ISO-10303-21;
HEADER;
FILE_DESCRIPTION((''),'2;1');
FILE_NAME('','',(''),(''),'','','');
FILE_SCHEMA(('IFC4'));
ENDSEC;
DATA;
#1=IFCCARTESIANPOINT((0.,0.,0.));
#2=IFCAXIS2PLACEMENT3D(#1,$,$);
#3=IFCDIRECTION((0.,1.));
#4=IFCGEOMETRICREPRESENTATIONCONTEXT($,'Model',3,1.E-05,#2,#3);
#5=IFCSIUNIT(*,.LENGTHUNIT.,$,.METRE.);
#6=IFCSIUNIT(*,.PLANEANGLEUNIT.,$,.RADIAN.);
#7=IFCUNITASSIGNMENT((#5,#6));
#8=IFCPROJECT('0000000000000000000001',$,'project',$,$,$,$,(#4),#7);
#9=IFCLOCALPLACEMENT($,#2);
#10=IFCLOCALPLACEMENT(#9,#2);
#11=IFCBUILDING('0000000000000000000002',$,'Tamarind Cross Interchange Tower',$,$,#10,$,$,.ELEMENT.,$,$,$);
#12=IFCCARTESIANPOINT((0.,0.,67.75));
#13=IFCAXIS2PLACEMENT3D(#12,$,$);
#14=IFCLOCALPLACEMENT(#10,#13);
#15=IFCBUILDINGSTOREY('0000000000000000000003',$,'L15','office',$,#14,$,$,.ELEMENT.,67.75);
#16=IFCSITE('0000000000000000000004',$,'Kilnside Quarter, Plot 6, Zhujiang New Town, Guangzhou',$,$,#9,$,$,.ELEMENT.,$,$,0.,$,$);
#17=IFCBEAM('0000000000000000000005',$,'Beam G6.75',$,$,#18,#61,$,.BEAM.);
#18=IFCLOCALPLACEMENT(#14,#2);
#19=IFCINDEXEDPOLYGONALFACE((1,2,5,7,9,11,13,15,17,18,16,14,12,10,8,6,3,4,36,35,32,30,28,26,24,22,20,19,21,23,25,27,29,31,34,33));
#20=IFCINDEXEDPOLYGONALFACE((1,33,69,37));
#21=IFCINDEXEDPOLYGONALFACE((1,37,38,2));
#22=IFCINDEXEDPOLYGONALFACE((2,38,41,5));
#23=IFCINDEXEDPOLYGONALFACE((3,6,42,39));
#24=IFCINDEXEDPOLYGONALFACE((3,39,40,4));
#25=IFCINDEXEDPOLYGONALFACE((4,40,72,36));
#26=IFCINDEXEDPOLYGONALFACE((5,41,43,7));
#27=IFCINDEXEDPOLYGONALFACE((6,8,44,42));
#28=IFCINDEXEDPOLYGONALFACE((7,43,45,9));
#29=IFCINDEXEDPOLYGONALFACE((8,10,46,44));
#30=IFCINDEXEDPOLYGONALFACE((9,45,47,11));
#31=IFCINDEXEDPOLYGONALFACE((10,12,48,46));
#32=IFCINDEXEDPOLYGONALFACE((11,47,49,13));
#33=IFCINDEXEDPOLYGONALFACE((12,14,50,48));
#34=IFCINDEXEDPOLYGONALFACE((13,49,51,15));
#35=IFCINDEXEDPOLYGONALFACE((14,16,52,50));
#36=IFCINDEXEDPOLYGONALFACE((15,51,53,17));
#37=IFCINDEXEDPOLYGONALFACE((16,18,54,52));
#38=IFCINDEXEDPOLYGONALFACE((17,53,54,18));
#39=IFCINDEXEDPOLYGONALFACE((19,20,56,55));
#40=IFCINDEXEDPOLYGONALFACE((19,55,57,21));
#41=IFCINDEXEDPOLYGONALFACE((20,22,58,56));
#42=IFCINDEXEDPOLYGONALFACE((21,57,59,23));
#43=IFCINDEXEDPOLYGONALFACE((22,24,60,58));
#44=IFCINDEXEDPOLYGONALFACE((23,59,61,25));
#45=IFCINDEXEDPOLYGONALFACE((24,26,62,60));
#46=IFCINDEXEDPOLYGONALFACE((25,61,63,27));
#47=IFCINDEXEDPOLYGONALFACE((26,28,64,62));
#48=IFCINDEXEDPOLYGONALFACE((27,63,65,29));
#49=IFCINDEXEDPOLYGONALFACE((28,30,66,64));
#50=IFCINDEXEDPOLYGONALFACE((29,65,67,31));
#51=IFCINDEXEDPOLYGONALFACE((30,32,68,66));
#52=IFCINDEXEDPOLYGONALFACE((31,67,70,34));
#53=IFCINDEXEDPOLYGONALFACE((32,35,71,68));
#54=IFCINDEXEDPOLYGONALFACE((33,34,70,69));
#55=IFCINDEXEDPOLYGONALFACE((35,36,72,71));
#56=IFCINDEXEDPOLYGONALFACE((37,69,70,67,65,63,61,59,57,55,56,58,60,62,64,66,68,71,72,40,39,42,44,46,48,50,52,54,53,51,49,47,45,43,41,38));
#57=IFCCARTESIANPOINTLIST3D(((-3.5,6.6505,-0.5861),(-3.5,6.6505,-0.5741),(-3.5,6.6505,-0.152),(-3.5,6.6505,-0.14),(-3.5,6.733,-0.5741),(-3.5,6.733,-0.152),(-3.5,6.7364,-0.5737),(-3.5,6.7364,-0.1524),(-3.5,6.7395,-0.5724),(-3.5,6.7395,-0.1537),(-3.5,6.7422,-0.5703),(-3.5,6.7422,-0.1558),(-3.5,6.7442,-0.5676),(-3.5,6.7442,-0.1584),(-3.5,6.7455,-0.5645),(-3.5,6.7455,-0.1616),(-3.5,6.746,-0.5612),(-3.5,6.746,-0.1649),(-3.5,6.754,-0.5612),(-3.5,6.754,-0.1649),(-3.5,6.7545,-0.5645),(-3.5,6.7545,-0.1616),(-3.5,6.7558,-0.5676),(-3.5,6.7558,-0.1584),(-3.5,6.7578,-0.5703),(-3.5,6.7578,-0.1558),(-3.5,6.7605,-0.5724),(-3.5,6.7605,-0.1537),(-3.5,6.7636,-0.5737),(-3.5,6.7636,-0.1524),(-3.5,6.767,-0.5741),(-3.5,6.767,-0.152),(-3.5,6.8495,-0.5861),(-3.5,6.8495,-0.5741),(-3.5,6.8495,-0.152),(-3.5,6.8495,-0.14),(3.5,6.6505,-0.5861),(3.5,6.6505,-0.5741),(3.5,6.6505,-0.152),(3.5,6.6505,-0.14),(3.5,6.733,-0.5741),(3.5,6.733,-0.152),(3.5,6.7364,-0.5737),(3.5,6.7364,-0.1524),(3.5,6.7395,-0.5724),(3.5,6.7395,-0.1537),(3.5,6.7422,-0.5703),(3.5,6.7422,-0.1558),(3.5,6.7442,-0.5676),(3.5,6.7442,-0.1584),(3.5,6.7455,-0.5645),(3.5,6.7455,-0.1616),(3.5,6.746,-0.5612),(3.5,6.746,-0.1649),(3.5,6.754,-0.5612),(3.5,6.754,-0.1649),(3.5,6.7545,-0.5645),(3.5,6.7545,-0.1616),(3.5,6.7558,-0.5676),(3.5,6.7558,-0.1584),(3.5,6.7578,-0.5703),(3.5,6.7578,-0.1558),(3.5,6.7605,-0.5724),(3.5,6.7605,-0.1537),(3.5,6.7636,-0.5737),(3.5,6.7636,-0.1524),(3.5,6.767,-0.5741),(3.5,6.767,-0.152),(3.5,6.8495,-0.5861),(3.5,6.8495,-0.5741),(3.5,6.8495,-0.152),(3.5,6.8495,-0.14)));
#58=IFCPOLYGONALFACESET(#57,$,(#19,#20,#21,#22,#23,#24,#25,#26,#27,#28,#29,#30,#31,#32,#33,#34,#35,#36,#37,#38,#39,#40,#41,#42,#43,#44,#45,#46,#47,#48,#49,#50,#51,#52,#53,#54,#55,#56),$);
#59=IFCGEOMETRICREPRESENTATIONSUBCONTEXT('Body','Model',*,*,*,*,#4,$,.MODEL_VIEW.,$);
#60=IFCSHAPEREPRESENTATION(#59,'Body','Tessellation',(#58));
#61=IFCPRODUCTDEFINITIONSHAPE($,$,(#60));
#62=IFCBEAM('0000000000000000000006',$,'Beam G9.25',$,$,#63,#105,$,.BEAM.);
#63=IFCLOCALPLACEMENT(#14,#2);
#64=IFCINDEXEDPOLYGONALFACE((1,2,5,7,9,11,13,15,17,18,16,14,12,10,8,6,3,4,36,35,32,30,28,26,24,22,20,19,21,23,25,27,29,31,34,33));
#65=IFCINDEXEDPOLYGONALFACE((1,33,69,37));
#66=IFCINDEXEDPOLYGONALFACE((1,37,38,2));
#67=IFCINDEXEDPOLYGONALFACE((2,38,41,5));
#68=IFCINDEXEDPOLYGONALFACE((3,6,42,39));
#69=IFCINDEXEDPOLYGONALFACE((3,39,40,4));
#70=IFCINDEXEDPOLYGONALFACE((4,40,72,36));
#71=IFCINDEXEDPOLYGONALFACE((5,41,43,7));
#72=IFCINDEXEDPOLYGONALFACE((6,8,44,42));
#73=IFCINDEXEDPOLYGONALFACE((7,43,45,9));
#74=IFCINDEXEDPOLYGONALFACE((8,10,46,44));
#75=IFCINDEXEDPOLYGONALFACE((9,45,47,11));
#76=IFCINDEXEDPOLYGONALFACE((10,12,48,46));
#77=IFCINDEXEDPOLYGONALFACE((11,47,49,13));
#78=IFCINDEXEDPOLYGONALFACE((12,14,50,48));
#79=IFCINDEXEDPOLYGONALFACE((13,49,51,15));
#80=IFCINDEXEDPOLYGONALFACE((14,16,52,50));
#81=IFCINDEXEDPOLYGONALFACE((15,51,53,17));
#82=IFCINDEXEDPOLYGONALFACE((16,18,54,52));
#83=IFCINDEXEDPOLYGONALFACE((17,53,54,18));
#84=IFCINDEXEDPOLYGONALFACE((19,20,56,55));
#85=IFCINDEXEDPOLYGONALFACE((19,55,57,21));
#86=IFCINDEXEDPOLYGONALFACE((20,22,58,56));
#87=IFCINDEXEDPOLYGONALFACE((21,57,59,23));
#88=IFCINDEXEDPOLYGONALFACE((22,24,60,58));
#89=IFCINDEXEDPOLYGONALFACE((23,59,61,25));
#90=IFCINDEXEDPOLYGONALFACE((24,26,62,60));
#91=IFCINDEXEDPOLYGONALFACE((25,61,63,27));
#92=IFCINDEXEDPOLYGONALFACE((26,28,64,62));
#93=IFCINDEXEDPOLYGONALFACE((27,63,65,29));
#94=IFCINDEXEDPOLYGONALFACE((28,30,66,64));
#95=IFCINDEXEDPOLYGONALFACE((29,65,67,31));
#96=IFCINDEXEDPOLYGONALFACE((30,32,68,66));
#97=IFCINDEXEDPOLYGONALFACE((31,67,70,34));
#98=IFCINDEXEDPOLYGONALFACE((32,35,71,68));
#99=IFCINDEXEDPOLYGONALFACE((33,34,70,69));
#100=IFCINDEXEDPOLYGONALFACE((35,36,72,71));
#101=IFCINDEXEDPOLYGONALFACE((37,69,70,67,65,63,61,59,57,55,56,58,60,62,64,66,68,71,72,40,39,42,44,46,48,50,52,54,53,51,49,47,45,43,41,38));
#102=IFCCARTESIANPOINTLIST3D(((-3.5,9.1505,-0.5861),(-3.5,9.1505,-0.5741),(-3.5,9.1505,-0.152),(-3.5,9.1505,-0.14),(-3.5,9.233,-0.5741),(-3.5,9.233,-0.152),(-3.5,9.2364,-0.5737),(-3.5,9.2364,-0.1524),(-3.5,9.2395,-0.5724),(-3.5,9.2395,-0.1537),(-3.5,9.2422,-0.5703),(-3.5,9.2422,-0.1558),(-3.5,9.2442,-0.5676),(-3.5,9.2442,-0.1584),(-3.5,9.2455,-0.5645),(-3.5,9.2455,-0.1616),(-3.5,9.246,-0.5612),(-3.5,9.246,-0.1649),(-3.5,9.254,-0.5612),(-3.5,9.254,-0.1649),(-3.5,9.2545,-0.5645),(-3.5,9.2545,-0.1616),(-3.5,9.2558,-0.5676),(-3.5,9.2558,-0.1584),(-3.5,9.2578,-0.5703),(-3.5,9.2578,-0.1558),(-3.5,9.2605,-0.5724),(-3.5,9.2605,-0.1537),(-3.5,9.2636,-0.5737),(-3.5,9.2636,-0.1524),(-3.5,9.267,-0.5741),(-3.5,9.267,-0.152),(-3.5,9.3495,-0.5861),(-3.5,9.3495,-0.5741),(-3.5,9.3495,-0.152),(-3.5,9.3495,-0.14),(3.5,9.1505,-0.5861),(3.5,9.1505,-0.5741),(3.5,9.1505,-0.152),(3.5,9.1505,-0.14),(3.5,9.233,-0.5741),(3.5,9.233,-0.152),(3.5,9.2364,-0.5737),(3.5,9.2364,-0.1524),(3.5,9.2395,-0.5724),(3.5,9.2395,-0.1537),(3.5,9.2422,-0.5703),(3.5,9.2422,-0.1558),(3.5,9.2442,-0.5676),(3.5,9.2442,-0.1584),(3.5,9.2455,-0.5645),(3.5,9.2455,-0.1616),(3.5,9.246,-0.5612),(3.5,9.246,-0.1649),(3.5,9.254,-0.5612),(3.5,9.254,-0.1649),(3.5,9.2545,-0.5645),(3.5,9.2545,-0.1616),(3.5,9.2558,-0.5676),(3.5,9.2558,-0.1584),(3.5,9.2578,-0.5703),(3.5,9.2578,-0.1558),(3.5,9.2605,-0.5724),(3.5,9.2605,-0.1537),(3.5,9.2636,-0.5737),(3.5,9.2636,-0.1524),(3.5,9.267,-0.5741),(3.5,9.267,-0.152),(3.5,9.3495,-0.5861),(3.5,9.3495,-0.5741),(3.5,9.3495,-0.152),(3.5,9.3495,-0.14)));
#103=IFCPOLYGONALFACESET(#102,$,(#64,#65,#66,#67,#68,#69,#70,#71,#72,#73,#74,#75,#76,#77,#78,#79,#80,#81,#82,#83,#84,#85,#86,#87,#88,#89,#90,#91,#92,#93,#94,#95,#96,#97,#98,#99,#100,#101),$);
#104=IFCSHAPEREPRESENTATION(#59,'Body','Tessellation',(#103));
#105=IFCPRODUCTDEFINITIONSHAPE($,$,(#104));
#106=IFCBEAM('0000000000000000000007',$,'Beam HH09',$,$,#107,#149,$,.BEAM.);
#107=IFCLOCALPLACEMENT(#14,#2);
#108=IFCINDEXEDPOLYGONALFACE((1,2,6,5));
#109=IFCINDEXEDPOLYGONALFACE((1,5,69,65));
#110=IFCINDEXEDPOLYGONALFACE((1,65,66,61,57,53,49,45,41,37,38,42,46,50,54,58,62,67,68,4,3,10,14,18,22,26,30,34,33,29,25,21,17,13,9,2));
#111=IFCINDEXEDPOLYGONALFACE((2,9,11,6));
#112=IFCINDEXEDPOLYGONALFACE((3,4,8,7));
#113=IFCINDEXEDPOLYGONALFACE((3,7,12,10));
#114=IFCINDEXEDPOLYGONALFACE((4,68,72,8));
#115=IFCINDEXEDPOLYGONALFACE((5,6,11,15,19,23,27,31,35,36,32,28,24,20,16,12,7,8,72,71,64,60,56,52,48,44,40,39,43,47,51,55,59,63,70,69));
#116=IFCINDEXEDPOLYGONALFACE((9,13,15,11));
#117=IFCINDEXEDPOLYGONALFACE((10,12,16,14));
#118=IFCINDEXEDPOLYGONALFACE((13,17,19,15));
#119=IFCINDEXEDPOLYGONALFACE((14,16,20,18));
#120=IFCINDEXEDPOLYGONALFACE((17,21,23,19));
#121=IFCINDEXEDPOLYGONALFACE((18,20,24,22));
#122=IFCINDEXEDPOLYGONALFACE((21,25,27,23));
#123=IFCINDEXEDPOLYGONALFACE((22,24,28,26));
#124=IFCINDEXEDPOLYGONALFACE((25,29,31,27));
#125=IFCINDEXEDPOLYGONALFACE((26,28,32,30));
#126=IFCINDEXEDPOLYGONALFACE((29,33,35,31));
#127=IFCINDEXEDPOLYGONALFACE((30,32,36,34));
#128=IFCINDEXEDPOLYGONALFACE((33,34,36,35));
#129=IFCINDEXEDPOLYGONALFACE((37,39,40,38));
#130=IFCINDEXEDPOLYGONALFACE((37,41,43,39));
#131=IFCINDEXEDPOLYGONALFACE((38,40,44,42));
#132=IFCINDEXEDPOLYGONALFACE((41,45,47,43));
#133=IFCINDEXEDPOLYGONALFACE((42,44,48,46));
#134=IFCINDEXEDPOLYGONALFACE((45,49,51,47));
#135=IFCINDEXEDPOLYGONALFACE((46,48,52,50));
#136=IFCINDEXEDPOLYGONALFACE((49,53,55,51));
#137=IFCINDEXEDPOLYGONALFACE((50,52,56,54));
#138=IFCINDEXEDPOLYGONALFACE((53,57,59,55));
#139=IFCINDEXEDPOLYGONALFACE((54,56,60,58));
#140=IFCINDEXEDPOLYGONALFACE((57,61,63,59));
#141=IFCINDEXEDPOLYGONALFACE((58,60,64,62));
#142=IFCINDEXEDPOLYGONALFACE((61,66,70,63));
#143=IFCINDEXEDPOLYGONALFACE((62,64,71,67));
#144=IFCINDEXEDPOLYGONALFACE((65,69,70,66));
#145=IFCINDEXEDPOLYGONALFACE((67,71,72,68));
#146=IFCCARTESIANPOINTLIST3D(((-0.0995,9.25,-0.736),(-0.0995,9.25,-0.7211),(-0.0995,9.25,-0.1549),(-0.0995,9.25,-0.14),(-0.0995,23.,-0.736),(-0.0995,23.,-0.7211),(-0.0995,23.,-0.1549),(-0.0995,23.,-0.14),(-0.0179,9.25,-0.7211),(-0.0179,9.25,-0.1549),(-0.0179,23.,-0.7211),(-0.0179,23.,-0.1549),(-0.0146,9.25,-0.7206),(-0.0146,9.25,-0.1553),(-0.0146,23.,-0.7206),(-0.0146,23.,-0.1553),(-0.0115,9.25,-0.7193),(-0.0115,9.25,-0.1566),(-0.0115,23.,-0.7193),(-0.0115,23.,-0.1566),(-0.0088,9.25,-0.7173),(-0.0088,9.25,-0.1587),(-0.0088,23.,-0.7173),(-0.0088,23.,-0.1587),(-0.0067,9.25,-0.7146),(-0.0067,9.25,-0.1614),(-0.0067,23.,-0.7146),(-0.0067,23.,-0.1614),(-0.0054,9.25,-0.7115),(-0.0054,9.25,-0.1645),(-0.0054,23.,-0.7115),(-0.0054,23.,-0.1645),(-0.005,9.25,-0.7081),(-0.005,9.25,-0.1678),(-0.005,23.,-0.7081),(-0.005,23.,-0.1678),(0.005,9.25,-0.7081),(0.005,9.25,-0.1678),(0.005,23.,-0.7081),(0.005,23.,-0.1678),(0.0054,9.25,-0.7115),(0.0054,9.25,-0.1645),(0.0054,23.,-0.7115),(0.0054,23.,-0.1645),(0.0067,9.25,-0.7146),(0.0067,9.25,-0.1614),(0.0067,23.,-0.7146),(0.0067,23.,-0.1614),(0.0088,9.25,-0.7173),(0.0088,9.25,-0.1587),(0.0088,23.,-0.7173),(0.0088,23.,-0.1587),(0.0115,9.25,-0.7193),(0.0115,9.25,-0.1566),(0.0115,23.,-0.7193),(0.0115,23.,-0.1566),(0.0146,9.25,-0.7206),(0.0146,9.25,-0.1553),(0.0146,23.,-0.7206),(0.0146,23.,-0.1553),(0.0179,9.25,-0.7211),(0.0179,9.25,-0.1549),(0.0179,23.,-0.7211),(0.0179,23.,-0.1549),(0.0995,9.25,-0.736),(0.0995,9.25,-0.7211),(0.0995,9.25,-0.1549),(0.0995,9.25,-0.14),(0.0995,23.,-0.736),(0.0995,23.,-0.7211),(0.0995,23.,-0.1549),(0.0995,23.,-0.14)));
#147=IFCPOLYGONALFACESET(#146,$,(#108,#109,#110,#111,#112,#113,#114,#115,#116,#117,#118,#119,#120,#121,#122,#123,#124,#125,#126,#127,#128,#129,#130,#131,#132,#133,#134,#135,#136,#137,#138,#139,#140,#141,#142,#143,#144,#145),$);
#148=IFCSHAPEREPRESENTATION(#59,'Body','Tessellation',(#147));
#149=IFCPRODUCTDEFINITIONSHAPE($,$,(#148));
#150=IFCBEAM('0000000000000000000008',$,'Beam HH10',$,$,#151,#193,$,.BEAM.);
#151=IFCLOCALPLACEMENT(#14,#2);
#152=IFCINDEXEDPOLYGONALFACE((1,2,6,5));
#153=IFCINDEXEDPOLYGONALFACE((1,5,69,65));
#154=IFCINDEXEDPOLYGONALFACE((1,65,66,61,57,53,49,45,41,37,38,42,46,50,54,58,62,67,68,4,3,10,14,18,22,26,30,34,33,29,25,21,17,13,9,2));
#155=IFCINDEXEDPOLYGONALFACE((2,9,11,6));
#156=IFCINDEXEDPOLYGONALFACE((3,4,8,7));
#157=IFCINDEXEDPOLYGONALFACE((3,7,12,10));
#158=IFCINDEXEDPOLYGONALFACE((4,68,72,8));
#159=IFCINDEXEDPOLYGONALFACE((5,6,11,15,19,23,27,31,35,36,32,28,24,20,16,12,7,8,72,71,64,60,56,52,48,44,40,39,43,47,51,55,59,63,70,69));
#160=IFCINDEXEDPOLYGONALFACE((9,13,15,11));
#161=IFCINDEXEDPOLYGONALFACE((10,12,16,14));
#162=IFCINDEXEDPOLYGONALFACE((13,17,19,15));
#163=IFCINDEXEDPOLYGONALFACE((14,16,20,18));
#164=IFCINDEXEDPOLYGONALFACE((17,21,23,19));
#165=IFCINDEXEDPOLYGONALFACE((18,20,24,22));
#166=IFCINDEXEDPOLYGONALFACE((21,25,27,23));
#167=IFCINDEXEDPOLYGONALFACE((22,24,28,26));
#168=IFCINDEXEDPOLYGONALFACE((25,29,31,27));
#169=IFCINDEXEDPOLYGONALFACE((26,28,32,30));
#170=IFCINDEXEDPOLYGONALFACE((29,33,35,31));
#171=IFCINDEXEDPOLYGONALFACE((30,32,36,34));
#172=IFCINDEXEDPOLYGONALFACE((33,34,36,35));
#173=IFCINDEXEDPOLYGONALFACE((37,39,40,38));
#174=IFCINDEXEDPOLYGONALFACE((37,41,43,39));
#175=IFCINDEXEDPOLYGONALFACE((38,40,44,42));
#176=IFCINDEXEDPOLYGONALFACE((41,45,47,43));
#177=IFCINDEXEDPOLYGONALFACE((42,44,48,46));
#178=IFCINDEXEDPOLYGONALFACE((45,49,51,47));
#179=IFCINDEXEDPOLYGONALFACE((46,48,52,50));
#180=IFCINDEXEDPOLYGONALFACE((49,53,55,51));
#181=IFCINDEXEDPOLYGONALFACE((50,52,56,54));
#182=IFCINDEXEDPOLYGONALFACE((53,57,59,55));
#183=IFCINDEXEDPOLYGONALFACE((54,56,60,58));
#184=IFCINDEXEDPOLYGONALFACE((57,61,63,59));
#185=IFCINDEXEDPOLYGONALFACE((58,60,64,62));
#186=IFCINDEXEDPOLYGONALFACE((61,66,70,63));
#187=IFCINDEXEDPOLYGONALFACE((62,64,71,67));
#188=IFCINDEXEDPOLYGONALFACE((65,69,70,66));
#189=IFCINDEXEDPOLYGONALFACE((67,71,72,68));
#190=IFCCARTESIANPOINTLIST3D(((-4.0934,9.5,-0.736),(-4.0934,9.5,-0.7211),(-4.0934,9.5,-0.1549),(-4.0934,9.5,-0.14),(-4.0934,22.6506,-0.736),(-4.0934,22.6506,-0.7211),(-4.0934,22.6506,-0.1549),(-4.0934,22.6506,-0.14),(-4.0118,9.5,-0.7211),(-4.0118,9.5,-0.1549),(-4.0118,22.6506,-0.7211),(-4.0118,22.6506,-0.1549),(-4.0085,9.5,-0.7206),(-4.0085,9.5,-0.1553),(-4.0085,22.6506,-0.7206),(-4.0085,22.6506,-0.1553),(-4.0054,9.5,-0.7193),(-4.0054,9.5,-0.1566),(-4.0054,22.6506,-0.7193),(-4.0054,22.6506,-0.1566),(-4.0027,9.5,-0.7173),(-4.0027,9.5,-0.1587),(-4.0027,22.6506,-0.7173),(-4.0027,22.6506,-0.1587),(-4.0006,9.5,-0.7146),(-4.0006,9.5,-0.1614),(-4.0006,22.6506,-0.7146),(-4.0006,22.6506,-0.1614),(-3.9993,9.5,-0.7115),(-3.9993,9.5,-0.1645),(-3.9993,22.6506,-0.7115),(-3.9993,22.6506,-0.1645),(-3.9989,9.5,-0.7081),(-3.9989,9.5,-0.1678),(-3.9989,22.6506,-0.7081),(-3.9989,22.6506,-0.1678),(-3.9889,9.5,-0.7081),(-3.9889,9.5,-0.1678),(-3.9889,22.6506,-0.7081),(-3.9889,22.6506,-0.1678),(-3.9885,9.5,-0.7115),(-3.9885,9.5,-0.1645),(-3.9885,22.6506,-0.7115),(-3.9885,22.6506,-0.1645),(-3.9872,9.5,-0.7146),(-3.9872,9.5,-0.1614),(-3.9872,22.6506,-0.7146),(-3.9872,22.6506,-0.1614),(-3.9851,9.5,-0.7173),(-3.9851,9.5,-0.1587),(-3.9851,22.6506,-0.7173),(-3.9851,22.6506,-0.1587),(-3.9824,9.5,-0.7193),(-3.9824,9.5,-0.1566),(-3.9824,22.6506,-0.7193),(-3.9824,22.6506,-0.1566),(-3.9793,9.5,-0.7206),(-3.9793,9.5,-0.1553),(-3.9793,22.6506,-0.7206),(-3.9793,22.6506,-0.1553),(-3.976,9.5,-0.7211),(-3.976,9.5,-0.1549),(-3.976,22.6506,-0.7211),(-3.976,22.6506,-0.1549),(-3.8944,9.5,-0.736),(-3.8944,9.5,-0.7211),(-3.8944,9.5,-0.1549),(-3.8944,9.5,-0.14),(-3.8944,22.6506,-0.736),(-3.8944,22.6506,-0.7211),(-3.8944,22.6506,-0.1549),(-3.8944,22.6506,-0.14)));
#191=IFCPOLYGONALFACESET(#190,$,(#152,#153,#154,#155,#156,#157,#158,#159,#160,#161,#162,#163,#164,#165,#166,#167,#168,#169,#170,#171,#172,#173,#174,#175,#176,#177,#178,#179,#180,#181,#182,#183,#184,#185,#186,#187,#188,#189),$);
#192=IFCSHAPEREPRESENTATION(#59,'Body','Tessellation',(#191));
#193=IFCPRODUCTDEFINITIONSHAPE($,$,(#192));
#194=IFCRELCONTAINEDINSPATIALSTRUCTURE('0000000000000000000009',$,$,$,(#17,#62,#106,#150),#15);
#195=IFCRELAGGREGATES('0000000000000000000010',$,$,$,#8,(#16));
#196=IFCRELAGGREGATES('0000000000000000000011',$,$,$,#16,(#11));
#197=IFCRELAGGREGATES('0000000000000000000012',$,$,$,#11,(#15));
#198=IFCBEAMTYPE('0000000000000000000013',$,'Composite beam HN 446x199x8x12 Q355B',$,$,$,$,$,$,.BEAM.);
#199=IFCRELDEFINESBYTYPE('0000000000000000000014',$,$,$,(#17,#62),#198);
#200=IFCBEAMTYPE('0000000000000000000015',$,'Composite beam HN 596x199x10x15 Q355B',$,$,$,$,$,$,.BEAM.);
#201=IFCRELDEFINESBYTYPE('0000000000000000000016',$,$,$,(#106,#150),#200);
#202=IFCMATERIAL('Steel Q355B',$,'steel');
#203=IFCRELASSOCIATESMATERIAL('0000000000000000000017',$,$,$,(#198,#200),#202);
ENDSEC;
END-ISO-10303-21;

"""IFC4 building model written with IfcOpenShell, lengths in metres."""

from ifc_helpers import new_model, si_unit, direction, frame, origin, origin_2d, place, context, subcontext, project, spatial, i_section, extrude, material, material_profile, profile_set, type_object, element, save


model = new_model("IFC4")

# Units and contexts
model_context = context("Model", 3, precision=1e-05, world=origin(), true_north=direction((0.0, 1.0)))
body_context = subcontext(model_context, "Body", "Model", "MODEL_VIEW")
ifc_project = project(units=[si_unit("LENGTHUNIT", "METRE"), si_unit("PLANEANGLEUNIT", "RADIAN")], contexts=[model_context])

# Site, building, storey
site_placement = place(None, origin())
site = spatial("IfcSite", under=ifc_project, at=site_placement, Name="Kilnside Quarter, Plot 6, Zhujiang New Town, Guangzhou", CompositionType="ELEMENT", RefElevation=0.0)
building_placement = place(site_placement, origin())
building = spatial("IfcBuilding", under=site, at=building_placement, Name="Tamarind Cross Interchange Tower", CompositionType="ELEMENT")
storey_placement = place(building_placement, frame((0.0, 0.0, 67.75)))
storey = spatial("IfcBuildingStorey", under=building, at=storey_placement, Name="L15", Description="office", CompositionType="ELEMENT", Elevation=67.75)

# Beams
ifc_material_1 = material(Name="Steel Q355B", Category="steel")
ifc_material_profile_1 = material_profile(ifc_material_1, i_section(OverallWidth=0.199, OverallDepth=0.446, WebThickness=0.0081, FlangeThickness=0.012, FilletRadius=0.0129, at=origin_2d()), Name="HN 446x199x8x12")
ifc_profile_set_1 = profile_set([ifc_material_profile_1], Name="Steel Q355B")
beam_type_1 = type_object("IfcBeamType", Name="Composite beam HN 446x199x8x12 Q355B", PredefinedType="BEAM", material=ifc_profile_set_1)
for number, where, z_axis, x_axis, name in (
    (1, (-3.5, 6.75, -0.363), (1.0, 0.0, 0.0), (0.0, 1.0, 0.0), "Beam G6.75"),
    (2, (-3.5, 9.25, -0.363), (1.0, 0.0, 0.0), (0.0, 1.0, 0.0), "Beam G9.25"),
):
    element("IfcBeam", number, at=place(storey_placement, frame(where, z_axis=z_axis, x_axis=x_axis)), inside=storey, type_object=beam_type_1, Name=name, PredefinedType="BEAM", context=body_context, shape_type="SweptSolid", body=[
        extrude(i_section(OverallWidth=0.199, OverallDepth=0.446, WebThickness=0.0081, FlangeThickness=0.012, FilletRadius=0.0129, at=origin_2d()), origin(), (0.0, 0.0, 1.0), 7.0),
    ])
ifc_material_profile_2 = material_profile(ifc_material_1, i_section(OverallWidth=0.199, OverallDepth=0.5959, WebThickness=0.01, FlangeThickness=0.0149, FilletRadius=0.0129, at=origin_2d()), Name="HN 596x199x10x15")
ifc_profile_set_2 = profile_set([ifc_material_profile_2], Name="Steel Q355B")
beam_type_2 = type_object("IfcBeamType", Name="Composite beam HN 596x199x10x15 Q355B", PredefinedType="BEAM", material=ifc_profile_set_2)
beam_1_placement = place(storey_placement, frame((0.0, 23.0, -0.438), z_axis=(0.0, -1.0, 0.0), x_axis=(1.0, 0.0, 0.0)))
element("IfcBeam", 3, at=beam_1_placement, inside=storey, type_object=beam_type_2, Name="Beam HH09", PredefinedType="BEAM", context=body_context, shape_type="SweptSolid", body=[
    extrude(i_section(OverallWidth=0.199, OverallDepth=0.5959, WebThickness=0.01, FlangeThickness=0.0149, FilletRadius=0.0129, at=origin_2d()), origin(), (0.0, 0.0, 1.0), 13.75),
])
beam_2_placement = place(storey_placement, frame((-3.9939, 22.6506, -0.438), z_axis=(0.0, -1.0, 0.0), x_axis=(1.0, 0.0, 0.0)))
element("IfcBeam", 4, at=beam_2_placement, inside=storey, type_object=beam_type_2, Name="Beam HH10", PredefinedType="BEAM", context=body_context, shape_type="SweptSolid", body=[
    extrude(i_section(OverallWidth=0.199, OverallDepth=0.5959, WebThickness=0.01, FlangeThickness=0.0149, FilletRadius=0.0129, at=origin_2d()), origin(), (0.0, 0.0, 1.0), 13.1506),
])

save(model, "model.ifc")
